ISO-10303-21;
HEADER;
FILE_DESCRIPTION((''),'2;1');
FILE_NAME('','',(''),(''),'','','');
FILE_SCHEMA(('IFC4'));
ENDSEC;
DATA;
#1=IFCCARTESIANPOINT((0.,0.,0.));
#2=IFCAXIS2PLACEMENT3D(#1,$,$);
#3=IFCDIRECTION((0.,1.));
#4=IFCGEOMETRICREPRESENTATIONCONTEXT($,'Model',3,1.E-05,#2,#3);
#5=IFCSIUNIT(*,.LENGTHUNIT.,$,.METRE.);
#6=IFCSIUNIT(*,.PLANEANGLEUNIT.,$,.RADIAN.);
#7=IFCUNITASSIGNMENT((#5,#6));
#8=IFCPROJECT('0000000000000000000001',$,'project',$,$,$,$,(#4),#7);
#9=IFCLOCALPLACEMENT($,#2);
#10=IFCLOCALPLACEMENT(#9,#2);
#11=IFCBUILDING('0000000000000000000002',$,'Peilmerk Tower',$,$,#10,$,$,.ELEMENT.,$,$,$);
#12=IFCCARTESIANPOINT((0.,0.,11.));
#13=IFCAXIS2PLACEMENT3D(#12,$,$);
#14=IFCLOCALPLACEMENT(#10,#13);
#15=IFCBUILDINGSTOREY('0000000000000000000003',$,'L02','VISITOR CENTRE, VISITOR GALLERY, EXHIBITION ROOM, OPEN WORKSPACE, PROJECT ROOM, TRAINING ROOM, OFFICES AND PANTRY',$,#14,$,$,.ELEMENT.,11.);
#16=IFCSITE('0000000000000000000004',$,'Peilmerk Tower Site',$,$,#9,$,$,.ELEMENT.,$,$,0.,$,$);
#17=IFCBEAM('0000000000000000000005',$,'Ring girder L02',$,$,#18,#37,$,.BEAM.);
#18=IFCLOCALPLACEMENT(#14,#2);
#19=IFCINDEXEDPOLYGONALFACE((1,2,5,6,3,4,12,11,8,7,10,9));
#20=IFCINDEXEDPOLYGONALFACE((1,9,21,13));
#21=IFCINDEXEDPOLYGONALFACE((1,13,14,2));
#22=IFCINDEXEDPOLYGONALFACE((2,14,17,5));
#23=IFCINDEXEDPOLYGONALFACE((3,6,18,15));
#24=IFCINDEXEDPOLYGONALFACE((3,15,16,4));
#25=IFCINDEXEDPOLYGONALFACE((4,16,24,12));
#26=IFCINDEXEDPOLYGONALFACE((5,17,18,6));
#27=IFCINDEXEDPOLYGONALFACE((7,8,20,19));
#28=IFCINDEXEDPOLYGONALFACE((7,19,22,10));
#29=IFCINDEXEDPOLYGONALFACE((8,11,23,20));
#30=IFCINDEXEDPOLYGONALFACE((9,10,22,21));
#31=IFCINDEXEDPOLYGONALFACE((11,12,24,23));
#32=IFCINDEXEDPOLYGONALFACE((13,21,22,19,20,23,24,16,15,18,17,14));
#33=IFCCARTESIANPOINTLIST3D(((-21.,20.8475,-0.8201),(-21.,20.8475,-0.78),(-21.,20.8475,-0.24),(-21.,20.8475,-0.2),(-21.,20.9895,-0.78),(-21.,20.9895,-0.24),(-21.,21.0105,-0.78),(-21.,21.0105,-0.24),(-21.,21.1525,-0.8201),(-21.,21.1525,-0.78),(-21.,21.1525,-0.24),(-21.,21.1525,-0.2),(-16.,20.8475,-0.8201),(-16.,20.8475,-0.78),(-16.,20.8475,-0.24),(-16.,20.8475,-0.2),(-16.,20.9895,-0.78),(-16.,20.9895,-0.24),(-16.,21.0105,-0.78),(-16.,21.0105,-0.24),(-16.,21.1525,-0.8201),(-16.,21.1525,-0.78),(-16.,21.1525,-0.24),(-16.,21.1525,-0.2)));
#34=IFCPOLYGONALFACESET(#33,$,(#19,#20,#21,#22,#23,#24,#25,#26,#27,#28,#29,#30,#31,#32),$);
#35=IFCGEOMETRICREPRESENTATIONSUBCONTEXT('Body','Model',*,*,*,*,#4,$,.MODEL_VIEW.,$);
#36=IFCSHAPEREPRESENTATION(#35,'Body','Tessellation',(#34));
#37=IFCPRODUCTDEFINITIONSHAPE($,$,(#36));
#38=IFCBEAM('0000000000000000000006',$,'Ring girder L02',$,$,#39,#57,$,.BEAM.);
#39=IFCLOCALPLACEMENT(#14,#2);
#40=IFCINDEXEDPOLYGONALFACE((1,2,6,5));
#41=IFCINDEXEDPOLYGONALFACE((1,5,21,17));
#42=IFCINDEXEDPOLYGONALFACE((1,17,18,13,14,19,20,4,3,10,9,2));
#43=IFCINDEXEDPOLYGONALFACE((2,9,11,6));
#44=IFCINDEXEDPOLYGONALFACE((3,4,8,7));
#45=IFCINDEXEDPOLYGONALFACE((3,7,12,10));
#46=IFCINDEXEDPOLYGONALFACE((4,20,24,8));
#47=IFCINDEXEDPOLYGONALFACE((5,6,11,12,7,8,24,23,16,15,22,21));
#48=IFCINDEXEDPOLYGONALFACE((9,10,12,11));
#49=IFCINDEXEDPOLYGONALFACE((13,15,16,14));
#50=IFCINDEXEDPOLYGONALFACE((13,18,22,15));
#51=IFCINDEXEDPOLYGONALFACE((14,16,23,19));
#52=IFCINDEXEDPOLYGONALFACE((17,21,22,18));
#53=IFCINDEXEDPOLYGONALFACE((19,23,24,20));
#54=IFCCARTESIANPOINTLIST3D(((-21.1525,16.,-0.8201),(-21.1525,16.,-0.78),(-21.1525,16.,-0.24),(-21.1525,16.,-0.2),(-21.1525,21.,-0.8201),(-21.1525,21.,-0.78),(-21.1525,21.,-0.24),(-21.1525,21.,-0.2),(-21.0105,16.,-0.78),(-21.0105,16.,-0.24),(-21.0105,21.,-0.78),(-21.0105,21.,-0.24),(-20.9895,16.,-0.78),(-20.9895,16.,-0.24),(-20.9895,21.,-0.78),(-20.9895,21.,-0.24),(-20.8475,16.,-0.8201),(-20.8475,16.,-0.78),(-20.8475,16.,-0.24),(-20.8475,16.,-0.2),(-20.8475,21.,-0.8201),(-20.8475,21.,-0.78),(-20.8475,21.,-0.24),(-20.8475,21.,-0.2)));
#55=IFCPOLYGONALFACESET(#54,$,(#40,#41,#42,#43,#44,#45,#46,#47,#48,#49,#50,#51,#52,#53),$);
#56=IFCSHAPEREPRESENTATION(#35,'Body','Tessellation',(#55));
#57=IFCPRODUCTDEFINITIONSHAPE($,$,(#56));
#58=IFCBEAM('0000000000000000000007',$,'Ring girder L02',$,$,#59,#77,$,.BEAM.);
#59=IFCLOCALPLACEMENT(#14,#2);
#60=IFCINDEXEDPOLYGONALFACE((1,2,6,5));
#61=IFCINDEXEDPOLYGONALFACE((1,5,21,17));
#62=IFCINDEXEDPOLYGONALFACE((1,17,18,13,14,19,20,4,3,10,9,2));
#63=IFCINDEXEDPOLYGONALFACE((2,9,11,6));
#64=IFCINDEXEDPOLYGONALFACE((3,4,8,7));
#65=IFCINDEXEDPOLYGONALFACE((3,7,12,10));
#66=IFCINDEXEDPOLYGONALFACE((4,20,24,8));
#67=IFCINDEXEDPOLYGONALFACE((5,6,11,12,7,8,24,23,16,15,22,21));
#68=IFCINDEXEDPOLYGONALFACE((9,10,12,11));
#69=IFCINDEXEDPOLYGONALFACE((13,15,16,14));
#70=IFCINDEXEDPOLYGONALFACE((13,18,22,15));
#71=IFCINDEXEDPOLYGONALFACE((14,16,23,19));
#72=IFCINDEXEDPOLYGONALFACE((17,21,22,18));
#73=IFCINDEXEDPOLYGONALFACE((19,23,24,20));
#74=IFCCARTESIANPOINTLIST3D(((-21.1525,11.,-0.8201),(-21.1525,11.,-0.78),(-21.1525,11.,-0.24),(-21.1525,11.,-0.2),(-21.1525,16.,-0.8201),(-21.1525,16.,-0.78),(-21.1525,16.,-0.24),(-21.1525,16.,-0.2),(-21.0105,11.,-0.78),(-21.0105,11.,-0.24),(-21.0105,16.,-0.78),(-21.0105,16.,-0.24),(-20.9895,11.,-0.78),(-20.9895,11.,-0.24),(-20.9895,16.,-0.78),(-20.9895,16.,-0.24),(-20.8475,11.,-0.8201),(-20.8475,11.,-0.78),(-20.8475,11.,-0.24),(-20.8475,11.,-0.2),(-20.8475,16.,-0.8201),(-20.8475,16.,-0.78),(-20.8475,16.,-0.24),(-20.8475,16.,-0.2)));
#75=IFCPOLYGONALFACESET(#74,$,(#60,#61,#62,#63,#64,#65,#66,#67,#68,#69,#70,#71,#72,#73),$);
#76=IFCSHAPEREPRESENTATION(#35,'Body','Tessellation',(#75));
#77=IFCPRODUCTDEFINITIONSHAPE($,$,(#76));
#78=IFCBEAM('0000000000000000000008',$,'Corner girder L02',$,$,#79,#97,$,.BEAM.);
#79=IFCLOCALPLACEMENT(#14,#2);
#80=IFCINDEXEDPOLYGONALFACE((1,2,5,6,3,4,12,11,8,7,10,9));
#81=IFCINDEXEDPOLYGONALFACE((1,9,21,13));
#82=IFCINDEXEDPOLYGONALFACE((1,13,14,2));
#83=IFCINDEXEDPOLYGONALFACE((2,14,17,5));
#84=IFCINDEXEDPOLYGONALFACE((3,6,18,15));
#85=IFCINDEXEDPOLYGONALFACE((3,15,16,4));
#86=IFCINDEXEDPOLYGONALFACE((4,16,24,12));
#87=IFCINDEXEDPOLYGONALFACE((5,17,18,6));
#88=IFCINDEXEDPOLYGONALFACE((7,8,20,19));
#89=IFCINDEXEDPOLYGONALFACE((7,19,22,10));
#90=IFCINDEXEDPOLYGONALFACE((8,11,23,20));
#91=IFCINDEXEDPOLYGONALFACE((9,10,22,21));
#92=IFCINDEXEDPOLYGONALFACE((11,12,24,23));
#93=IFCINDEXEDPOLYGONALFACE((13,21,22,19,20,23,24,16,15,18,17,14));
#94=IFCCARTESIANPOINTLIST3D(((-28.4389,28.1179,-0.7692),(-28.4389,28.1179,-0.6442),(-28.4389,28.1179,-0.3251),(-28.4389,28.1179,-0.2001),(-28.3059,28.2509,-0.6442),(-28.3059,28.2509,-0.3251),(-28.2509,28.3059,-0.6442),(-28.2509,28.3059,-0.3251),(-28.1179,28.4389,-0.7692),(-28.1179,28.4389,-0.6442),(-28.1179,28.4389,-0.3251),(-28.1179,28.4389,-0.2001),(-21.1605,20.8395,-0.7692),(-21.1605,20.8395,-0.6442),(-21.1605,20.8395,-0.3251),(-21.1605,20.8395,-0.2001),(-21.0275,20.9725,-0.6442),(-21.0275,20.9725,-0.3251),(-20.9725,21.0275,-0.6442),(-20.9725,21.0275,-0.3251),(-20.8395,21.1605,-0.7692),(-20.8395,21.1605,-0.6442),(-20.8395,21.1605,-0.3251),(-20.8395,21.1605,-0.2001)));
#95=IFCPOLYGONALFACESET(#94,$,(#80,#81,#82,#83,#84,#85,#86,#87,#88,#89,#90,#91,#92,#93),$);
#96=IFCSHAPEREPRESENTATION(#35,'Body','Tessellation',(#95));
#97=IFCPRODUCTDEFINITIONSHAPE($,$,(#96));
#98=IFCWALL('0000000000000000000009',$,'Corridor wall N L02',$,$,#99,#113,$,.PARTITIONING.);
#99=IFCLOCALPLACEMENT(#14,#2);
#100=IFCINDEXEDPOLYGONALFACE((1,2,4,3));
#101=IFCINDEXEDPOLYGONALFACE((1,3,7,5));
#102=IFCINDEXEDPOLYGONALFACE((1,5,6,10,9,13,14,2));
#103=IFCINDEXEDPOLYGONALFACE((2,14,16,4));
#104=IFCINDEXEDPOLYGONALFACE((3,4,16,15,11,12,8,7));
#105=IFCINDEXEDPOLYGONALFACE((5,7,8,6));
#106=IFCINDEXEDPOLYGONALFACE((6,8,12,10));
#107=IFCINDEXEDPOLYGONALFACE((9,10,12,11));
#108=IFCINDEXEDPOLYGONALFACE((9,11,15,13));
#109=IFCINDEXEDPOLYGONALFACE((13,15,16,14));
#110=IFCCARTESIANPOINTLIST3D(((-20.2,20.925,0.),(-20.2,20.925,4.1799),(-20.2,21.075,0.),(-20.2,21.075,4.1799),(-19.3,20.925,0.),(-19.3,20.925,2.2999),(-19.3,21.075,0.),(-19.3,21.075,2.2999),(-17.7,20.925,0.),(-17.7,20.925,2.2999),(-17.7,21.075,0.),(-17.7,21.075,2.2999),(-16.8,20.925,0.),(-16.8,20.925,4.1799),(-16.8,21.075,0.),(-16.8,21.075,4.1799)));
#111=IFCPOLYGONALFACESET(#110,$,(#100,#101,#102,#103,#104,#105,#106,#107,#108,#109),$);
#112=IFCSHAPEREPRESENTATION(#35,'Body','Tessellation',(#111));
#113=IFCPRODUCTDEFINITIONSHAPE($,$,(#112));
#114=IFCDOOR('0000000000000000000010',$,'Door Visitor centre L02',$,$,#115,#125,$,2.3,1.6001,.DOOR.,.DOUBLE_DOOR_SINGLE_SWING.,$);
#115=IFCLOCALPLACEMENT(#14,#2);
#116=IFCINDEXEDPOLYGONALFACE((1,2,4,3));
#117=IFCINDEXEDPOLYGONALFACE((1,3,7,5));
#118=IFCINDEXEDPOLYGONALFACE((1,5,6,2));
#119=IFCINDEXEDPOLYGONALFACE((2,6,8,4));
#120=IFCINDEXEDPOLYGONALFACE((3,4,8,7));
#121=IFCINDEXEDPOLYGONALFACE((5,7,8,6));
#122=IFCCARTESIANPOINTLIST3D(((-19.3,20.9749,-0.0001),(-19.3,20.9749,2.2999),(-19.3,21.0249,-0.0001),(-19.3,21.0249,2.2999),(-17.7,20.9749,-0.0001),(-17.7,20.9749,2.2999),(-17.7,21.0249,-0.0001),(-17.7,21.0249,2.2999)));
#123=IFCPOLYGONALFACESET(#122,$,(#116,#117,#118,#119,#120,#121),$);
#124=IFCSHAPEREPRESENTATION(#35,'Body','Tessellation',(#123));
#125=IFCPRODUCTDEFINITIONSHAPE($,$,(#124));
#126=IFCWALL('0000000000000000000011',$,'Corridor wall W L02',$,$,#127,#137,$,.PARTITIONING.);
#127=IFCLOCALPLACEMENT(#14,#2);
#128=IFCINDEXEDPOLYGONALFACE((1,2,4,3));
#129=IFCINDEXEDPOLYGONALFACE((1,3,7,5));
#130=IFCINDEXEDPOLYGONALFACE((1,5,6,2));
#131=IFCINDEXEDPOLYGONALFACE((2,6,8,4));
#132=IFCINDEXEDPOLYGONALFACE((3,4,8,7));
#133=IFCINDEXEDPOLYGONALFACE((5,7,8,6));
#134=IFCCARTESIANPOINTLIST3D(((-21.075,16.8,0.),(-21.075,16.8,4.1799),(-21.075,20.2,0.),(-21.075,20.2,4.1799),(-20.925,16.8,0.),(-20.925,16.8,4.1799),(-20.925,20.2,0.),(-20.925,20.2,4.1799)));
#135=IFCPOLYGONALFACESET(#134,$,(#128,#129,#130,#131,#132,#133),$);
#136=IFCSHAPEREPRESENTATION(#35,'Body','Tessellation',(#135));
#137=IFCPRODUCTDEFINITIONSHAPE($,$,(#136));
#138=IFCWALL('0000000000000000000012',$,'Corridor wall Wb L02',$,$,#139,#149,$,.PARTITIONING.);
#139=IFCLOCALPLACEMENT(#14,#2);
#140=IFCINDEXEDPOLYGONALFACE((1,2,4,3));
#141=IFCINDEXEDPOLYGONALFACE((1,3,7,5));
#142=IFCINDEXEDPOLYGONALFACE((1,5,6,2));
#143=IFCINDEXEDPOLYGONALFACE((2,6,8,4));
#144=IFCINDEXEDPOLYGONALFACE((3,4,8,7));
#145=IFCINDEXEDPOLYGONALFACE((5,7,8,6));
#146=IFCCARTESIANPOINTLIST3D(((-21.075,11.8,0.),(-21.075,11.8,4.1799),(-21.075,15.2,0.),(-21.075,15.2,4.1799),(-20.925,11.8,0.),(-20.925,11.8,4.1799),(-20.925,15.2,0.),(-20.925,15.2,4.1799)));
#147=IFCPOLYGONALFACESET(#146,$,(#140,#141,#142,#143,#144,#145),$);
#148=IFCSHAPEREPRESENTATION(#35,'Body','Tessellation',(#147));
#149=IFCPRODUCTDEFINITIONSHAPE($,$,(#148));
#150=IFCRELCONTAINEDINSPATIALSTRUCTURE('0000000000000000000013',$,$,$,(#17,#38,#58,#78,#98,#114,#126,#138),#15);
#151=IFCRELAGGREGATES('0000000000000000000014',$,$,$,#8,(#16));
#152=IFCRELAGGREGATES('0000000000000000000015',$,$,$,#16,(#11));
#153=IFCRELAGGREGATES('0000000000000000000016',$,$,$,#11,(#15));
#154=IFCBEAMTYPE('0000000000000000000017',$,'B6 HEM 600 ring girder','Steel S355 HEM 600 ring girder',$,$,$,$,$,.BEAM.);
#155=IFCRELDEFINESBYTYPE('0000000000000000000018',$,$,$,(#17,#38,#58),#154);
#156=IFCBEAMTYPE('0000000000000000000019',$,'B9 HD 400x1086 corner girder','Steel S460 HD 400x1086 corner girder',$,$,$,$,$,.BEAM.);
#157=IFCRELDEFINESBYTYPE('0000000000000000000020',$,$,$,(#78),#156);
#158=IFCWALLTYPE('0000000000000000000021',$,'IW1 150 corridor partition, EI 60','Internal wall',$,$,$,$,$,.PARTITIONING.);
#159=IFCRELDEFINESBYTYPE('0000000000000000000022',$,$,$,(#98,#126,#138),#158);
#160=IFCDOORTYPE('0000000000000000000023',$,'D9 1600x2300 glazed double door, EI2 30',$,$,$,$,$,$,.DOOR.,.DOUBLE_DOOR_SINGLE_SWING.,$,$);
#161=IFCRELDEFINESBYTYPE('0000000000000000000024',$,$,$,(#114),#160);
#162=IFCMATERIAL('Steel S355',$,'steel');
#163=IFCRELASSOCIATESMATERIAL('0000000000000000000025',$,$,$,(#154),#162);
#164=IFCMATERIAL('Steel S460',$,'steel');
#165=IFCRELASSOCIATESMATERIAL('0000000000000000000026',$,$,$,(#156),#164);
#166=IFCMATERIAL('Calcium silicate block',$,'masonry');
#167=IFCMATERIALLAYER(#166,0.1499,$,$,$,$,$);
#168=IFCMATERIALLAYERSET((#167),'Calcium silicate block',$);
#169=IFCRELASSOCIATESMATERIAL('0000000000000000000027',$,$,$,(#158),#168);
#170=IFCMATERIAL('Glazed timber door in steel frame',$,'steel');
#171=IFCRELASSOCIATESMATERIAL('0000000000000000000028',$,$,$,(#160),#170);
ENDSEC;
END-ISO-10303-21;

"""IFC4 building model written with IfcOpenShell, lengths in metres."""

from ifc_helpers import new_model, si_unit, direction, frame, frame_2d, origin, origin_2d, place, context, subcontext, project, spatial, rectangle, i_section, extrude, material, layer, layer_set, material_profile, profile_set, type_object, element, fill, save


model = new_model("IFC4")

# Units and contexts
model_context = context("Model", 3, precision=1e-05, world=origin(), true_north=direction((0.0, 1.0)))
body_context = subcontext(model_context, "Body", "Model", "MODEL_VIEW")
ifc_project = project(units=[si_unit("LENGTHUNIT", "METRE"), si_unit("PLANEANGLEUNIT", "RADIAN")], contexts=[model_context])

# Site, building, storey
site_placement = place(None, origin())
site = spatial("IfcSite", under=ifc_project, at=site_placement, Name="Peilmerk Tower Site", CompositionType="ELEMENT", RefElevation=0.0)
building_placement = place(site_placement, origin())
building = spatial("IfcBuilding", under=site, at=building_placement, Name="Peilmerk Tower", CompositionType="ELEMENT")
storey_placement = place(building_placement, frame((0.0, 0.0, 11.0)))
storey = spatial("IfcBuildingStorey", under=building, at=storey_placement, Name="L02", Description="VISITOR CENTRE, VISITOR GALLERY, EXHIBITION ROOM, OPEN WORKSPACE, PROJECT ROOM, TRAINING ROOM, OFFICES AND PANTRY", CompositionType="ELEMENT", Elevation=11.0)

# Beams
ifc_material_1 = material(Name="Steel S355", Category="steel")
ifc_material_profile_1 = material_profile(ifc_material_1, i_section(OverallWidth=0.3049, OverallDepth=0.6201, WebThickness=0.021, FlangeThickness=0.04, at=origin_2d()), Name="HEM 600")
ifc_profile_set_1 = profile_set([ifc_material_profile_1], Name="Steel S355")
beam_type_1 = type_object("IfcBeamType", Name="B6 HEM 600 ring girder", Description="Steel S355 HEM 600 ring girder", PredefinedType="BEAM", material=ifc_profile_set_1)
for number, where, z_axis, x_axis, name in (
    (1, (-16.0, 21.0, -0.51), (-1.0, 0.0, 0.0), (0.0, -1.0, 0.0), "Ring girder L02"),
    (2, (-21.0, 21.0, -0.51), (0.0, -1.0, 0.0), (1.0, 0.0, 0.0), "Ring girder L02"),
    (3, (-21.0, 16.0, -0.51), (0.0, -1.0, 0.0), (1.0, 0.0, 0.0), "Ring girder L02"),
):
    element("IfcBeam", number, at=place(storey_placement, frame(where, z_axis=z_axis, x_axis=x_axis)), inside=storey, type_object=beam_type_1, Name=name, PredefinedType="BEAM", context=body_context, shape_type="SweptSolid", body=[
        extrude(i_section(OverallWidth=0.3049, OverallDepth=0.6201, WebThickness=0.021, FlangeThickness=0.04, at=origin_2d()), origin(), (0.0, 0.0, 1.0), 5.0),
    ])
ifc_material_2 = material(Name="Steel S460", Category="steel")
ifc_material_profile_2 = material_profile(ifc_material_2, i_section(OverallWidth=0.4541, OverallDepth=0.5691, WebThickness=0.0779, FlangeThickness=0.125, at=origin_2d()), Name="HD 400x1086")
ifc_profile_set_2 = profile_set([ifc_material_profile_2], Name="Steel S460")
beam_type_2 = type_object("IfcBeamType", Name="B9 HD 400x1086 corner girder", Description="Steel S460 HD 400x1086 corner girder", PredefinedType="BEAM", material=ifc_profile_set_2)
beam_placement = place(storey_placement, frame((-21.0, 21.0, -0.4846), z_axis=(-0.707107, 0.707107, 0.0), x_axis=(-0.707107, -0.707107, 0.0)))
element("IfcBeam", 4, at=beam_placement, inside=storey, type_object=beam_type_2, Name="Corner girder L02", PredefinedType="BEAM", context=body_context, shape_type="SweptSolid", body=[
    extrude(i_section(OverallWidth=0.4541, OverallDepth=0.5691, WebThickness=0.0779, FlangeThickness=0.125, at=origin_2d()), origin(), (0.0, 0.0, 1.0), 10.2932),
])

# Wall, opening, door
ifc_material_3 = material(Name="Calcium silicate block", Category="masonry")
ifc_layer = layer(ifc_material_3, 0.1499)
ifc_layer_set = layer_set([ifc_layer], Name="Calcium silicate block")
wall_type = type_object("IfcWallType", Name="IW1 150 corridor partition, EI 60", Description="Internal wall", PredefinedType="PARTITIONING", material=ifc_layer_set)
wall_placement = place(storey_placement, frame((-20.2, 21.0, 0.0), z_axis=(0.0, 0.0, 1.0), x_axis=(1.0, 0.0, 0.0)))
wall = element("IfcWall", 5, at=wall_placement, inside=storey, type_object=wall_type, Name="Corridor wall N L02", PredefinedType="PARTITIONING", context=body_context, shape_type="SweptSolid", body=[
    extrude(rectangle(XDim=3.3999, YDim=0.1499, at=frame_2d((1.7, 0.0))), origin(), (0.0, 0.0, 1.0), 4.1799),
])
opening_placement = place(wall_placement, frame((0.8999, 0.0, 0.0)))
opening = element("IfcOpeningElement", 6, at=opening_placement, cuts=wall, PredefinedType="OPENING", context=body_context, shape_type="SweptSolid", body=[
    extrude(rectangle(XDim=1.6001, YDim=2.3, at=frame_2d((0.8, 1.1499))), frame((0.0, 0.085, 0.0), z_axis=(0.0, -1.0, 0.0), x_axis=(1.0, 0.0, 0.0)), (0.0, 0.0, 1.0), 0.1699),
])
ifc_material_4 = material(Name="Glazed timber door in steel frame", Category="steel")
door_type = type_object("IfcDoorType", Name="D9 1600x2300 glazed double door, EI2 30", OperationType="DOUBLE_DOOR_SINGLE_SWING", PredefinedType="DOOR", material=ifc_material_4)
door_placement = place(opening_placement, origin())
door = element("IfcDoor", 7, at=door_placement, inside=storey, type_object=door_type, Name="Door Visitor centre L02", OperationType="DOUBLE_DOOR_SINGLE_SWING", OverallHeight=2.3, OverallWidth=1.6001, PredefinedType="DOOR", context=body_context, shape_type="SweptSolid", body=[
    extrude(rectangle(XDim=1.6001, YDim=2.3, at=frame_2d((0.8, 1.1499))), frame((0.0, 0.0249, 0.0), z_axis=(0.0, -1.0, 0.0), x_axis=(1.0, 0.0, 0.0)), (0.0, 0.0, 1.0), 0.05),
])
fill(opening, door)

# Walls
for number, where, z_axis, x_axis, name in (
    (8, (-21.0, 20.2, 0.0), (0.0, 0.0, 1.0), (0.0, -1.0, 0.0), "Corridor wall W L02"),
    (9, (-21.0, 15.2, 0.0), (0.0, 0.0, 1.0), (0.0, -1.0, 0.0), "Corridor wall Wb L02"),
):
    element("IfcWall", number, at=place(storey_placement, frame(where, z_axis=z_axis, x_axis=x_axis)), inside=storey, type_object=wall_type, Name=name, PredefinedType="PARTITIONING", context=body_context, shape_type="SweptSolid", body=[
        extrude(rectangle(XDim=3.3999, YDim=0.1499, at=frame_2d((1.7, 0.0))), origin(), (0.0, 0.0, 1.0), 4.1799),
    ])

save(model, "model.ifc")
